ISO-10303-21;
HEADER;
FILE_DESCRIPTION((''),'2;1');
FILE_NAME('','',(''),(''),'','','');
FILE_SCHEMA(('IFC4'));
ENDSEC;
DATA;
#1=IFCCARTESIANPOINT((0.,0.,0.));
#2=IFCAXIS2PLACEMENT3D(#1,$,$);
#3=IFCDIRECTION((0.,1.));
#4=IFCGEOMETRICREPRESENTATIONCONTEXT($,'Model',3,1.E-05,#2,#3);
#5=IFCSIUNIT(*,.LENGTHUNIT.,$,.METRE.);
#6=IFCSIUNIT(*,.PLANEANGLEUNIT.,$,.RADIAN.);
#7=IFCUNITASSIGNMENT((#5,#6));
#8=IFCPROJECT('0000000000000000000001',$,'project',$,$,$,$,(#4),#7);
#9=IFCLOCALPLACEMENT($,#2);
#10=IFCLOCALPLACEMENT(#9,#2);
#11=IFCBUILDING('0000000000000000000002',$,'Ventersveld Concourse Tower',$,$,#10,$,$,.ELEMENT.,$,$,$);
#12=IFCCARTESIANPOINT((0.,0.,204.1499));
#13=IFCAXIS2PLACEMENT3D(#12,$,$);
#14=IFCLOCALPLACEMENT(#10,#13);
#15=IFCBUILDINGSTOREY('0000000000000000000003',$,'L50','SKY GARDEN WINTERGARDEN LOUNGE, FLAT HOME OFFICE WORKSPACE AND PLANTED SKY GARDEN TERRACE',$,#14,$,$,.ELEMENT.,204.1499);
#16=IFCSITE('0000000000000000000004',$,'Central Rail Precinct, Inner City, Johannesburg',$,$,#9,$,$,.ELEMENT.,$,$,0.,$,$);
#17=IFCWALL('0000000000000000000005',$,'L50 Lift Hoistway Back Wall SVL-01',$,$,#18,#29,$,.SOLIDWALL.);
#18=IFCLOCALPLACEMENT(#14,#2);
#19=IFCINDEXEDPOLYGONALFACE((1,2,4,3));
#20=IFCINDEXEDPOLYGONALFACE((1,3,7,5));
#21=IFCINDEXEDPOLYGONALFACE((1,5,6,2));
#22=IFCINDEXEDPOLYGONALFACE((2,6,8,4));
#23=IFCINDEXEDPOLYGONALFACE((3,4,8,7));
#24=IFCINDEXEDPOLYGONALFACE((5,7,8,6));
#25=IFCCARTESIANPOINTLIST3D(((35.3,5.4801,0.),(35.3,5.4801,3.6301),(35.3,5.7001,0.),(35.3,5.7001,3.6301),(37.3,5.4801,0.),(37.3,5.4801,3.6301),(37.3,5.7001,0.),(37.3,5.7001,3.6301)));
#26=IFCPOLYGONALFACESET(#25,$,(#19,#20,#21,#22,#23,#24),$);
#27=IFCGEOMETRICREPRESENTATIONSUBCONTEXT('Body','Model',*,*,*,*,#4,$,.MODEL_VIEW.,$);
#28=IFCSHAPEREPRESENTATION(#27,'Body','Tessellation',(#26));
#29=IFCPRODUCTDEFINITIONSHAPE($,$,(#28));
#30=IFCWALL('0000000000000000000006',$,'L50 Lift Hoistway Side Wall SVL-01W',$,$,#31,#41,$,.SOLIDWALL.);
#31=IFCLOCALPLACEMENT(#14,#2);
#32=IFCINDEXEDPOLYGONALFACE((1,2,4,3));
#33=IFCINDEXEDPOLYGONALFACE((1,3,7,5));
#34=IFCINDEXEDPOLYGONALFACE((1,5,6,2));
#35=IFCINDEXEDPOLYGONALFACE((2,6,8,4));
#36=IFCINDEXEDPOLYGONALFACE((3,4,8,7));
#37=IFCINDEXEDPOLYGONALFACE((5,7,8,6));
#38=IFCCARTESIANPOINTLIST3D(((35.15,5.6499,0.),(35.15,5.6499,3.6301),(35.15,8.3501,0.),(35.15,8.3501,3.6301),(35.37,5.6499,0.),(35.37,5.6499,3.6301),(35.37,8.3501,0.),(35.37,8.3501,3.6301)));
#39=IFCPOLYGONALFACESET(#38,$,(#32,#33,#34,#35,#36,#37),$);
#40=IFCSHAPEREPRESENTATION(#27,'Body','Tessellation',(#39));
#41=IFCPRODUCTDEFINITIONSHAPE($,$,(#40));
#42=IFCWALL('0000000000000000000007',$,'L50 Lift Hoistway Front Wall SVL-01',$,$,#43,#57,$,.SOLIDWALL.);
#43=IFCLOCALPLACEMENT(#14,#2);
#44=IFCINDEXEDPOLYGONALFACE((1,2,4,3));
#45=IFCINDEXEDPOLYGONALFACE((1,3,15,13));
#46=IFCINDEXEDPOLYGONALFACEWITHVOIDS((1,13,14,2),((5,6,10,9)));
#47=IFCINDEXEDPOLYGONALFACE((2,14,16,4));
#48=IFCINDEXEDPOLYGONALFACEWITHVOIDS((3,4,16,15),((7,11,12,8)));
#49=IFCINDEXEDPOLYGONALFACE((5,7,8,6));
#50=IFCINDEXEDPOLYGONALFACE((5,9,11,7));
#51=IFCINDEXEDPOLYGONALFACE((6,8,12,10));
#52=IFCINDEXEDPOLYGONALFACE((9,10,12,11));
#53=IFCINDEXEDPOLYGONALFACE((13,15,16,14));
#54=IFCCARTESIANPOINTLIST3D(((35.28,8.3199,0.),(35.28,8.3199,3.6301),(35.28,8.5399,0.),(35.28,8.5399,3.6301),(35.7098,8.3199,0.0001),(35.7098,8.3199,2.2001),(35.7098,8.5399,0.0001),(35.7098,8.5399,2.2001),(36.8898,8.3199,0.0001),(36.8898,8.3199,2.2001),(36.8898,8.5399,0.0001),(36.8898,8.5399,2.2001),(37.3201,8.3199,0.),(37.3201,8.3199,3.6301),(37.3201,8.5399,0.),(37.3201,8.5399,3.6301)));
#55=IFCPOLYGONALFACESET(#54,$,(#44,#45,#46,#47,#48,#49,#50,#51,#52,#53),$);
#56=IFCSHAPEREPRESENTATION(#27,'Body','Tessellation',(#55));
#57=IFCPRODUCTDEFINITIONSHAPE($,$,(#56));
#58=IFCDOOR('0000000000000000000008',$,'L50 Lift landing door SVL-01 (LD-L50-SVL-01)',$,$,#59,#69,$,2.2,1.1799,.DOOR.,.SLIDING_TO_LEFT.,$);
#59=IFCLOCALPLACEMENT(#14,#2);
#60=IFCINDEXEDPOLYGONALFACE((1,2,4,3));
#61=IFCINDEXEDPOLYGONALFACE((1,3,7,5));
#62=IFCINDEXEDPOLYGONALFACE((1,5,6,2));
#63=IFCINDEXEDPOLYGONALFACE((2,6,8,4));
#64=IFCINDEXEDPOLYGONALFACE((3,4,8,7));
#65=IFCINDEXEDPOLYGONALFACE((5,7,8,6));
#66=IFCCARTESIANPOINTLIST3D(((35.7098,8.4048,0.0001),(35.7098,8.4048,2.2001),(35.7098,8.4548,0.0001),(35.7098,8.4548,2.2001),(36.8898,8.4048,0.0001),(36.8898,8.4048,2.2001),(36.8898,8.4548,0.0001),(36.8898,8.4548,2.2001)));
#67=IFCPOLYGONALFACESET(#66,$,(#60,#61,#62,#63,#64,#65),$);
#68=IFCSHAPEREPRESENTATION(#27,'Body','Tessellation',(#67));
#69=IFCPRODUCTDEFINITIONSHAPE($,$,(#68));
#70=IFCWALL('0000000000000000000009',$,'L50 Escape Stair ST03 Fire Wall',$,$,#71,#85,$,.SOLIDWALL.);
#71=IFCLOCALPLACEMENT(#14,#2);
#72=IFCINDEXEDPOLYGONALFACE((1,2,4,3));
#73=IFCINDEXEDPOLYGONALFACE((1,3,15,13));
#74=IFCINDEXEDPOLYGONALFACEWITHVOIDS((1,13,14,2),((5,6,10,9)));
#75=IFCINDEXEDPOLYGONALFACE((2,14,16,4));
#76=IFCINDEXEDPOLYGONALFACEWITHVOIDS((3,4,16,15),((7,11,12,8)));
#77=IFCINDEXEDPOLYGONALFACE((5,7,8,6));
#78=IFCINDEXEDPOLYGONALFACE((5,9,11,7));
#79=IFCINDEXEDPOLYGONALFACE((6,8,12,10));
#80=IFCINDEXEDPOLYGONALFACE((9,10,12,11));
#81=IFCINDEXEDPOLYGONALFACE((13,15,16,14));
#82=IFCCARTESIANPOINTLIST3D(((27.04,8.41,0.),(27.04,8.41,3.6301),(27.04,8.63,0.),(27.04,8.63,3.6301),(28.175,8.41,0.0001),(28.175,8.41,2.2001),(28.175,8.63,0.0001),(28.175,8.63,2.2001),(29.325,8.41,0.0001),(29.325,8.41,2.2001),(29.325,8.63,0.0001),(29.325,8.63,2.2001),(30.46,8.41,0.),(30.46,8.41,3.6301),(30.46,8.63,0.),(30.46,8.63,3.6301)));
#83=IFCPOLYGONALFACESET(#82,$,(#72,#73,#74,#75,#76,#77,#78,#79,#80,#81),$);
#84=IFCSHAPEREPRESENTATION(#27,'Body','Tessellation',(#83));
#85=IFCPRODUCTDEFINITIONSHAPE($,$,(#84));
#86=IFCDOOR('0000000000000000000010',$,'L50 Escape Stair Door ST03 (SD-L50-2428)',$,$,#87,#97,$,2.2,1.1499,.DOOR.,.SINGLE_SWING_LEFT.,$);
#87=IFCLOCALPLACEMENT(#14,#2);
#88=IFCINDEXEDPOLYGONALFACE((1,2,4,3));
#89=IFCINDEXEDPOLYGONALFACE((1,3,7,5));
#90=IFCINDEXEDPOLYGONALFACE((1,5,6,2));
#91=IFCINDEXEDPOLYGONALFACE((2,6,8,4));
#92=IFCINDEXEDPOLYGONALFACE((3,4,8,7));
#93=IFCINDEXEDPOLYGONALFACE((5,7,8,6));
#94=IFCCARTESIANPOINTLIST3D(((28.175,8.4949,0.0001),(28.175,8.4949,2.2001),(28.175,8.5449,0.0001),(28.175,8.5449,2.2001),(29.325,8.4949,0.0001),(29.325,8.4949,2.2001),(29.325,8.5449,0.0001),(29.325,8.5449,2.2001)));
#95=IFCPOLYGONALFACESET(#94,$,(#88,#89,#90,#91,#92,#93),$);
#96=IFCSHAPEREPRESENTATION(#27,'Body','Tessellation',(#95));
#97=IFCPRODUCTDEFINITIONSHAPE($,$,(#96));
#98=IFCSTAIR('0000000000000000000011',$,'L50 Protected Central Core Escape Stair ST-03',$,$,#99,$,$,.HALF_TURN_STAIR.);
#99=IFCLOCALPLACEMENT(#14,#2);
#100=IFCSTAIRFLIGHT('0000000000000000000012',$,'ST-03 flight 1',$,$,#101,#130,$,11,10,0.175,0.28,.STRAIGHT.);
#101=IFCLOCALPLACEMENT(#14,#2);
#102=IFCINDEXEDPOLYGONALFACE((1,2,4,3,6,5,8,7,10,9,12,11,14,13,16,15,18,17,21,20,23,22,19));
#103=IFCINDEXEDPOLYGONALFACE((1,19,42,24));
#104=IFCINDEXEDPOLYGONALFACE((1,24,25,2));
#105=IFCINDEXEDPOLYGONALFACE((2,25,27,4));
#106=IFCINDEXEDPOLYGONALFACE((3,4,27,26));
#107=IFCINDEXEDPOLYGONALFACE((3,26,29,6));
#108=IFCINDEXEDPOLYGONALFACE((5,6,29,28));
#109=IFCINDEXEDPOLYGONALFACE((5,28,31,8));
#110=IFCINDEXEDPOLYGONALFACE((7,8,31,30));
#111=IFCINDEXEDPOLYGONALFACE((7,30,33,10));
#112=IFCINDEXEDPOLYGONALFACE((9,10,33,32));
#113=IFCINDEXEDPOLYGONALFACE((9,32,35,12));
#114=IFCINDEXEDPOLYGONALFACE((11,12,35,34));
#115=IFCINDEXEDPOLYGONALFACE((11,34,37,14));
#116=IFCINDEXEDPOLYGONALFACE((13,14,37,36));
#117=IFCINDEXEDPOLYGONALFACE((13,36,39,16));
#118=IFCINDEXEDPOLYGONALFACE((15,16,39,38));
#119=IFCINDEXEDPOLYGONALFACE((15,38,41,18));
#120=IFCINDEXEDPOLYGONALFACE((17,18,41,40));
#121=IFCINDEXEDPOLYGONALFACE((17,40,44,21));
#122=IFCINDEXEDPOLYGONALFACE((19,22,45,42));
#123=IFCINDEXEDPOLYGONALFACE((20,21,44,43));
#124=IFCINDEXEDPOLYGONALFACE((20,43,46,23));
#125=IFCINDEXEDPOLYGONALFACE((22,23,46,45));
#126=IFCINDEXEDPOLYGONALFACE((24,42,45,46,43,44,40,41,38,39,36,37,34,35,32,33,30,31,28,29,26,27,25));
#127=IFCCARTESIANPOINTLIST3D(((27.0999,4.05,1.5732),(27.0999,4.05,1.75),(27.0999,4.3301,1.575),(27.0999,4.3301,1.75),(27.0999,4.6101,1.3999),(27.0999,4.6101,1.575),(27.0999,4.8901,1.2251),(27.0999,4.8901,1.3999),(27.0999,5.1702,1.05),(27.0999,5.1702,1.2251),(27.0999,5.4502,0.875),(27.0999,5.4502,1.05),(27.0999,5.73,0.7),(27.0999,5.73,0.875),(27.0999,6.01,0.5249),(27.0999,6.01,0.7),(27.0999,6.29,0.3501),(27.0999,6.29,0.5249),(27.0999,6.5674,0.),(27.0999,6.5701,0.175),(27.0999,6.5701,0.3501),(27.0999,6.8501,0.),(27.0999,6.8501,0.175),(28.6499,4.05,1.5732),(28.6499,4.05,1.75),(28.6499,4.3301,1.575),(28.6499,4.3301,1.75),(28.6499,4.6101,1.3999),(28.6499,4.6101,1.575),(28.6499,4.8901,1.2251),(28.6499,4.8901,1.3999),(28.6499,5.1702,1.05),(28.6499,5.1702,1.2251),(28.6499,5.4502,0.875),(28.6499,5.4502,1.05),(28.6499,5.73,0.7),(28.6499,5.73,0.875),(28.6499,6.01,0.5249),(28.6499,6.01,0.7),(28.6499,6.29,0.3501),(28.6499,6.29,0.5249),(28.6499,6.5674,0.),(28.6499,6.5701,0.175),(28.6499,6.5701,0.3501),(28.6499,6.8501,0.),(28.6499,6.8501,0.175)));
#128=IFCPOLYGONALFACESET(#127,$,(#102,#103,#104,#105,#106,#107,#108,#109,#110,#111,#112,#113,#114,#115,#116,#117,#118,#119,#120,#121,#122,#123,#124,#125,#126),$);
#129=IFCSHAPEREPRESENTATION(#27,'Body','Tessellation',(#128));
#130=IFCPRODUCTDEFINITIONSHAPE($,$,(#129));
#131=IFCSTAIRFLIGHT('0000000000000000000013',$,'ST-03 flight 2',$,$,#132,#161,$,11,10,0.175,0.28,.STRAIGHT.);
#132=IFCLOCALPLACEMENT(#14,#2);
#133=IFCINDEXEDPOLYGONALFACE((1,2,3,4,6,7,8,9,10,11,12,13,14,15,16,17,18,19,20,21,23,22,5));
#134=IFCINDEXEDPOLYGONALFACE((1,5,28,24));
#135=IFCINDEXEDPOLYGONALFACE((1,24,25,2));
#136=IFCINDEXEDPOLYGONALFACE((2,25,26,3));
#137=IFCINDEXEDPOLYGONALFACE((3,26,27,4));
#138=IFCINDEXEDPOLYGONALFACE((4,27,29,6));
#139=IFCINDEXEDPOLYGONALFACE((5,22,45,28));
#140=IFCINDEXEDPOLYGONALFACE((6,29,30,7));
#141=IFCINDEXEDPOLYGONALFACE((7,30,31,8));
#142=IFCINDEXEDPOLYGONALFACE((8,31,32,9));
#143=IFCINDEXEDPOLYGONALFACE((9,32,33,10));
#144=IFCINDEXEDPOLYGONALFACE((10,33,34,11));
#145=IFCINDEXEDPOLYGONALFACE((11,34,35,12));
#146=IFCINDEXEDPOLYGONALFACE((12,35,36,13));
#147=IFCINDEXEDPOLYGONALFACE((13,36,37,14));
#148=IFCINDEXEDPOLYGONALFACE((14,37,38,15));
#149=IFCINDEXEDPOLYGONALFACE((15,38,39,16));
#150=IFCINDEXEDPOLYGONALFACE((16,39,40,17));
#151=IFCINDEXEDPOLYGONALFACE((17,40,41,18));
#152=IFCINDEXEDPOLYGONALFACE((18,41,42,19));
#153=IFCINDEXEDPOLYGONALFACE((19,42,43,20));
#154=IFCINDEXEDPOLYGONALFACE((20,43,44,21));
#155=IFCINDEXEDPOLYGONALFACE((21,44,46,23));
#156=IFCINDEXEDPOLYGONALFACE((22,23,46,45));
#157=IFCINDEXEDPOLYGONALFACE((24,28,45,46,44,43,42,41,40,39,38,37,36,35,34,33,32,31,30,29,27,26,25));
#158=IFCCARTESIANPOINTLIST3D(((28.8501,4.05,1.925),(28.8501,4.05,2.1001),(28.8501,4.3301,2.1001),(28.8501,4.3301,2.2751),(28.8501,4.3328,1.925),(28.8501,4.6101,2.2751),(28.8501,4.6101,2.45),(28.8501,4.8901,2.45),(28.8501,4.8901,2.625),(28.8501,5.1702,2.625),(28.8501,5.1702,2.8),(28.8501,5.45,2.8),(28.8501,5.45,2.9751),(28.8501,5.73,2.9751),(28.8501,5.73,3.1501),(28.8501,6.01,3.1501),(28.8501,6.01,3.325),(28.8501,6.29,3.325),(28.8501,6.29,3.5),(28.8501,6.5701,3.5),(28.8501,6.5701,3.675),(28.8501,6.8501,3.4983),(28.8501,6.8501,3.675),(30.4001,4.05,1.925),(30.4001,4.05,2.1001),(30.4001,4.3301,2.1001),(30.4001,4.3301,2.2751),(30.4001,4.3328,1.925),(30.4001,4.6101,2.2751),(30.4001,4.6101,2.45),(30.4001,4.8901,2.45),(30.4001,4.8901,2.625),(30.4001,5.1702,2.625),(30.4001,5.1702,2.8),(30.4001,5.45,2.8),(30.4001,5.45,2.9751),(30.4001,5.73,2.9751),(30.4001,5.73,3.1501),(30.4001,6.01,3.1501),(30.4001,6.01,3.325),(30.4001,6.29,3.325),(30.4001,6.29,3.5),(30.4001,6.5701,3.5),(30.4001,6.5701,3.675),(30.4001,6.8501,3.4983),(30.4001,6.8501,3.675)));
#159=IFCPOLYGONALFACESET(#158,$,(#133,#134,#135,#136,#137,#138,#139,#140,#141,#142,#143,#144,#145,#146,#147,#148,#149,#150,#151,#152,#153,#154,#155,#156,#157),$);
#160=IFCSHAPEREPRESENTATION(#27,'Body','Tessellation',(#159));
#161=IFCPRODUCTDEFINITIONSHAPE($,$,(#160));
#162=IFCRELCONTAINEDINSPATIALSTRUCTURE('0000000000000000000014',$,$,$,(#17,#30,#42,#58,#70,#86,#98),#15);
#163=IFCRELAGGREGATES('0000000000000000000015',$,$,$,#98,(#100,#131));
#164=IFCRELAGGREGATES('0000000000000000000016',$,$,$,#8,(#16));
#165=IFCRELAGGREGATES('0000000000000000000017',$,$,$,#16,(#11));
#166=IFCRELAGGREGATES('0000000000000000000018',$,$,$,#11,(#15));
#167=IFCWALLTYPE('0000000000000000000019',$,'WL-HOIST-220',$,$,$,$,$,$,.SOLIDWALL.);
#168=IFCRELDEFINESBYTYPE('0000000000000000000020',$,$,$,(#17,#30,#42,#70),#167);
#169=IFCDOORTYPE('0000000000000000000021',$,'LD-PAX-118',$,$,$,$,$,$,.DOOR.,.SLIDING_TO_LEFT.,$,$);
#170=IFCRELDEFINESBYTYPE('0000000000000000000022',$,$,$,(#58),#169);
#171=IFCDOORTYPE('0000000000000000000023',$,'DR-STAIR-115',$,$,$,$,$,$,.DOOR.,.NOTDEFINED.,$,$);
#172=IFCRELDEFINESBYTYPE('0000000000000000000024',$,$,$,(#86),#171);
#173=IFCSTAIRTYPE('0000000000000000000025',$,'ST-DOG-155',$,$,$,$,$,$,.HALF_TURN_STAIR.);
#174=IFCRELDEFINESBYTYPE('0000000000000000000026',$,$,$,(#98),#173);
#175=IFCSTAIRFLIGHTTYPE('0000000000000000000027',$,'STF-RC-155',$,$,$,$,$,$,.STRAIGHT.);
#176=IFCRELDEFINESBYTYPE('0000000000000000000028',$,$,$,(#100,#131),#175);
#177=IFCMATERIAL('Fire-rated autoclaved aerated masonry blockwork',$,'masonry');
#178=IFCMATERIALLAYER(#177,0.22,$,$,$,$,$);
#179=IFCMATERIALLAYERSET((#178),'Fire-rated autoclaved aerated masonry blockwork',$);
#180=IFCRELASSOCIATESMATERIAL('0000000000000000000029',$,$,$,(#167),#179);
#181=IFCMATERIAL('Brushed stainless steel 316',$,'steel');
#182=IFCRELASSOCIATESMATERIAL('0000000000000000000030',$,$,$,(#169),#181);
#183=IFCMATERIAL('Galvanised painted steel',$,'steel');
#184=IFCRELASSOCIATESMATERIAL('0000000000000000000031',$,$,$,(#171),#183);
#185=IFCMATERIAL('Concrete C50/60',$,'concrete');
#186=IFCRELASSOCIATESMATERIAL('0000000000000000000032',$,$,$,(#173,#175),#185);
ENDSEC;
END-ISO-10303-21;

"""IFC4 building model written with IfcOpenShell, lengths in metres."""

from ifc_helpers import new_model, si_unit, direction, frame, frame_2d, origin, place, context, subcontext, project, spatial, polyline, rectangle, outline, extrude, material, layer, layer_set, type_object, element, fill, aggregate, save


model = new_model("IFC4")

# Units and contexts
model_context = context("Model", 3, precision=1e-05, world=origin(), true_north=direction((0.0, 1.0)))
body_context = subcontext(model_context, "Body", "Model", "MODEL_VIEW")
ifc_project = project(units=[si_unit("LENGTHUNIT", "METRE"), si_unit("PLANEANGLEUNIT", "RADIAN")], contexts=[model_context])

# Site, building, storey
site_placement = place(None, origin())
site = spatial("IfcSite", under=ifc_project, at=site_placement, Name="Central Rail Precinct, Inner City, Johannesburg", CompositionType="ELEMENT", RefElevation=0.0)
building_placement = place(site_placement, origin())
building = spatial("IfcBuilding", under=site, at=building_placement, Name="Ventersveld Concourse Tower", CompositionType="ELEMENT")
storey_placement = place(building_placement, frame((0.0, 0.0, 204.1499)))
storey = spatial("IfcBuildingStorey", under=building, at=storey_placement, Name="L50", Description="SKY GARDEN WINTERGARDEN LOUNGE, FLAT HOME OFFICE WORKSPACE AND PLANTED SKY GARDEN TERRACE", CompositionType="ELEMENT", Elevation=204.1499)

# Shared definitions
ifc_material_1 = material(Name="Concrete C50/60", Category="concrete")

# Shared definitions
ifc_material_2 = material(Name="Fire-rated autoclaved aerated masonry blockwork", Category="masonry")
ifc_material_3 = material(Name="Galvanised painted steel", Category="steel")

# Walls
ifc_layer_1 = layer(ifc_material_2, 0.22)
ifc_layer_set_1 = layer_set([ifc_layer_1], Name="Fire-rated autoclaved aerated masonry blockwork")
wall_type_1 = type_object("IfcWallType", Name="WL-HOIST-220", PredefinedType="SOLIDWALL", material=ifc_layer_set_1)
wall_1_placement = place(storey_placement, frame((35.3, 5.5901, 0.0), z_axis=(0.0, 0.0, 1.0), x_axis=(1.0, 0.0, 0.0)))
element("IfcWall", 1, at=wall_1_placement, inside=storey, type_object=wall_type_1, Name="L50 Lift Hoistway Back Wall SVL-01", PredefinedType="SOLIDWALL", context=body_context, shape_type="SweptSolid", body=[
    extrude(rectangle(XDim=2.0, YDim=0.22, at=frame_2d((1.0, 0.0))), origin(), (0.0, 0.0, 1.0), 3.6301),
])
wall_2_placement = place(storey_placement, frame((35.26, 5.6499, 0.0), z_axis=(0.0, 0.0, 1.0), x_axis=(0.0, 1.0, 0.0)))
element("IfcWall", 2, at=wall_2_placement, inside=storey, type_object=wall_type_1, Name="L50 Lift Hoistway Side Wall SVL-01W", PredefinedType="SOLIDWALL", context=body_context, shape_type="SweptSolid", body=[
    extrude(rectangle(XDim=2.7002, YDim=0.22, at=frame_2d((1.3501, 0.0))), origin(), (0.0, 0.0, 1.0), 3.6301),
])

# Walls, openings, doors
wall_3_placement = place(storey_placement, frame((35.28, 8.4299, 0.0), z_axis=(0.0, 0.0, 1.0), x_axis=(1.0, 0.0, 0.0)))
wall_3 = element("IfcWall", 3, at=wall_3_placement, inside=storey, type_object=wall_type_1, Name="L50 Lift Hoistway Front Wall SVL-01", PredefinedType="SOLIDWALL", context=body_context, shape_type="SweptSolid", body=[
    extrude(rectangle(XDim=2.04, YDim=0.22, at=frame_2d((1.02, 0.0))), origin(), (0.0, 0.0, 1.0), 3.6301),
])
opening_1_placement = place(wall_3_placement, frame((0.4299, 0.0, 0.0)))
opening_1 = element("IfcOpeningElement", 4, at=opening_1_placement, cuts=wall_3, PredefinedType="OPENING", context=body_context, shape_type="SweptSolid", body=[
    extrude(rectangle(XDim=1.1799, YDim=2.2, at=frame_2d((0.5898, 1.1001))), frame((0.0, 0.1201, 0.0), z_axis=(0.0, -1.0, 0.0), x_axis=(1.0, 0.0, 0.0)), (0.0, 0.0, 1.0), 0.24),
])
ifc_material_4 = material(Name="Brushed stainless steel 316", Category="steel")
door_type_1 = type_object("IfcDoorType", Name="LD-PAX-118", OperationType="SLIDING_TO_LEFT", PredefinedType="DOOR", material=ifc_material_4)
door_1_placement = place(opening_1_placement, origin())
door_1 = element("IfcDoor", 5, at=door_1_placement, inside=storey, type_object=door_type_1, Name="L50 Lift landing door SVL-01 (LD-L50-SVL-01)", OperationType="SLIDING_TO_LEFT", OverallHeight=2.2, OverallWidth=1.1799, PredefinedType="DOOR", context=body_context, shape_type="SweptSolid", body=[
    extrude(rectangle(XDim=1.1799, YDim=2.2, at=frame_2d((0.5898, 1.1001))), frame((0.0, 0.0249, 0.0), z_axis=(0.0, -1.0, 0.0), x_axis=(1.0, 0.0, 0.0)), (0.0, 0.0, 1.0), 0.05),
])
fill(opening_1, door_1)
wall_4_placement = place(storey_placement, frame((27.04, 8.52, 0.0), z_axis=(0.0, 0.0, 1.0), x_axis=(1.0, 0.0, 0.0)))
wall_4 = element("IfcWall", 6, at=wall_4_placement, inside=storey, type_object=wall_type_1, Name="L50 Escape Stair ST03 Fire Wall", PredefinedType="SOLIDWALL", context=body_context, shape_type="SweptSolid", body=[
    extrude(rectangle(XDim=3.4199, YDim=0.22, at=frame_2d((1.71, 0.0))), origin(), (0.0, 0.0, 1.0), 3.6301),
])
opening_2_placement = place(wall_4_placement, frame((1.135, 0.0, 0.0)))
opening_2 = element("IfcOpeningElement", 7, at=opening_2_placement, cuts=wall_4, PredefinedType="OPENING", context=body_context, shape_type="SweptSolid", body=[
    extrude(rectangle(XDim=1.1499, YDim=2.2, at=frame_2d((0.575, 1.1001))), frame((0.0, 0.1201, 0.0), z_axis=(0.0, -1.0, 0.0), x_axis=(1.0, 0.0, 0.0)), (0.0, 0.0, 1.0), 0.24),
])
door_type_2 = type_object("IfcDoorType", Name="DR-STAIR-115", OperationType="NOTDEFINED", PredefinedType="DOOR", material=ifc_material_3)
door_2_placement = place(opening_2_placement, origin())
door_2 = element("IfcDoor", 8, at=door_2_placement, inside=storey, type_object=door_type_2, Name="L50 Escape Stair Door ST03 (SD-L50-2428)", OperationType="SINGLE_SWING_LEFT", OverallHeight=2.2, OverallWidth=1.1499, PredefinedType="DOOR", context=body_context, shape_type="SweptSolid", body=[
    extrude(rectangle(XDim=1.1499, YDim=2.2, at=frame_2d((0.575, 1.1001))), frame((0.0, 0.0249, 0.0), z_axis=(0.0, -1.0, 0.0), x_axis=(1.0, 0.0, 0.0)), (0.0, 0.0, 1.0), 0.05),
])
fill(opening_2, door_2)

# Stair, stair flights
stair_type = type_object("IfcStairType", Name="ST-DOG-155", PredefinedType="HALF_TURN_STAIR", material=ifc_material_1)
stair_placement = place(storey_placement, origin())
stair = element("IfcStair", 9, at=stair_placement, inside=storey, type_object=stair_type, Name="L50 Protected Central Core Escape Stair ST-03", PredefinedType="HALF_TURN_STAIR")
stair_flight_type = type_object("IfcStairFlightType", Name="STF-RC-155", PredefinedType="STRAIGHT", material=ifc_material_1)
stair_flight_1_placement = place(storey_placement, frame((27.875, 6.8501, 0.0), z_axis=(0.0, 0.0, 1.0), x_axis=(0.0, -1.0, 0.0)))
stair_flight_1 = element("IfcStairFlight", 10, at=stair_flight_1_placement, type_object=stair_flight_type, Name="ST-03 flight 1", NumberOfRisers=11, NumberOfTreads=10, PredefinedType="STRAIGHT", RiserHeight=0.175, TreadLength=0.28, context=body_context, shape_type="SweptSolid", body=[
    extrude(outline(polyline([(0.0, 0.0), (0.0, 0.175), (0.28, 0.175), (0.28, 0.3501), (0.5601, 0.3501), (0.5601, 0.5249), (0.8401, 0.5249), (0.8401, 0.7), (1.1201, 0.7), (1.1201, 0.875), (1.3999, 0.875), (1.3999, 1.05), (1.6799, 1.05), (1.6799, 1.2251), (1.96, 1.2251), (1.96, 1.3999), (2.24, 1.3999), (2.24, 1.575), (2.52, 1.575), (2.52, 1.75), (2.8, 1.75), (2.8, 1.925), (2.8, 1.5732), (0.2827, 0.0), (0.0, 0.0)])), frame((0.0, 0.7749, 0.0), z_axis=(0.0, -1.0, 0.0), x_axis=(1.0, 0.0, 0.0)), (0.0, 0.0, 1.0), 1.55),
])
stair_flight_2_placement = place(storey_placement, frame((29.625, 4.05, 1.925), z_axis=(0.0, 0.0, 1.0), x_axis=(0.0, 1.0, 0.0)))
stair_flight_2 = element("IfcStairFlight", 11, at=stair_flight_2_placement, type_object=stair_flight_type, Name="ST-03 flight 2", NumberOfRisers=11, NumberOfTreads=10, PredefinedType="STRAIGHT", RiserHeight=0.175, TreadLength=0.28, context=body_context, shape_type="SweptSolid", body=[
    extrude(outline(polyline([(0.0, 0.0), (0.0, 0.175), (0.28, 0.175), (0.28, 0.3501), (0.5601, 0.3501), (0.5601, 0.5249), (0.8401, 0.5249), (0.8401, 0.7), (1.1201, 0.7), (1.1201, 0.875), (1.3999, 0.875), (1.3999, 1.05), (1.6799, 1.05), (1.6799, 1.2251), (1.96, 1.2251), (1.96, 1.3999), (2.24, 1.3999), (2.24, 1.575), (2.52, 1.575), (2.52, 1.75), (2.8, 1.75), (2.8, 1.925), (2.8, 1.5732), (0.2827, 0.0), (0.0, 0.0)])), frame((0.0, 0.7749, 0.0), z_axis=(0.0, -1.0, 0.0), x_axis=(1.0, 0.0, 0.0)), (0.0, 0.0, 1.0), 1.55),
])
aggregate(stair, [stair_flight_1, stair_flight_2])

save(model, "model.ifc")
